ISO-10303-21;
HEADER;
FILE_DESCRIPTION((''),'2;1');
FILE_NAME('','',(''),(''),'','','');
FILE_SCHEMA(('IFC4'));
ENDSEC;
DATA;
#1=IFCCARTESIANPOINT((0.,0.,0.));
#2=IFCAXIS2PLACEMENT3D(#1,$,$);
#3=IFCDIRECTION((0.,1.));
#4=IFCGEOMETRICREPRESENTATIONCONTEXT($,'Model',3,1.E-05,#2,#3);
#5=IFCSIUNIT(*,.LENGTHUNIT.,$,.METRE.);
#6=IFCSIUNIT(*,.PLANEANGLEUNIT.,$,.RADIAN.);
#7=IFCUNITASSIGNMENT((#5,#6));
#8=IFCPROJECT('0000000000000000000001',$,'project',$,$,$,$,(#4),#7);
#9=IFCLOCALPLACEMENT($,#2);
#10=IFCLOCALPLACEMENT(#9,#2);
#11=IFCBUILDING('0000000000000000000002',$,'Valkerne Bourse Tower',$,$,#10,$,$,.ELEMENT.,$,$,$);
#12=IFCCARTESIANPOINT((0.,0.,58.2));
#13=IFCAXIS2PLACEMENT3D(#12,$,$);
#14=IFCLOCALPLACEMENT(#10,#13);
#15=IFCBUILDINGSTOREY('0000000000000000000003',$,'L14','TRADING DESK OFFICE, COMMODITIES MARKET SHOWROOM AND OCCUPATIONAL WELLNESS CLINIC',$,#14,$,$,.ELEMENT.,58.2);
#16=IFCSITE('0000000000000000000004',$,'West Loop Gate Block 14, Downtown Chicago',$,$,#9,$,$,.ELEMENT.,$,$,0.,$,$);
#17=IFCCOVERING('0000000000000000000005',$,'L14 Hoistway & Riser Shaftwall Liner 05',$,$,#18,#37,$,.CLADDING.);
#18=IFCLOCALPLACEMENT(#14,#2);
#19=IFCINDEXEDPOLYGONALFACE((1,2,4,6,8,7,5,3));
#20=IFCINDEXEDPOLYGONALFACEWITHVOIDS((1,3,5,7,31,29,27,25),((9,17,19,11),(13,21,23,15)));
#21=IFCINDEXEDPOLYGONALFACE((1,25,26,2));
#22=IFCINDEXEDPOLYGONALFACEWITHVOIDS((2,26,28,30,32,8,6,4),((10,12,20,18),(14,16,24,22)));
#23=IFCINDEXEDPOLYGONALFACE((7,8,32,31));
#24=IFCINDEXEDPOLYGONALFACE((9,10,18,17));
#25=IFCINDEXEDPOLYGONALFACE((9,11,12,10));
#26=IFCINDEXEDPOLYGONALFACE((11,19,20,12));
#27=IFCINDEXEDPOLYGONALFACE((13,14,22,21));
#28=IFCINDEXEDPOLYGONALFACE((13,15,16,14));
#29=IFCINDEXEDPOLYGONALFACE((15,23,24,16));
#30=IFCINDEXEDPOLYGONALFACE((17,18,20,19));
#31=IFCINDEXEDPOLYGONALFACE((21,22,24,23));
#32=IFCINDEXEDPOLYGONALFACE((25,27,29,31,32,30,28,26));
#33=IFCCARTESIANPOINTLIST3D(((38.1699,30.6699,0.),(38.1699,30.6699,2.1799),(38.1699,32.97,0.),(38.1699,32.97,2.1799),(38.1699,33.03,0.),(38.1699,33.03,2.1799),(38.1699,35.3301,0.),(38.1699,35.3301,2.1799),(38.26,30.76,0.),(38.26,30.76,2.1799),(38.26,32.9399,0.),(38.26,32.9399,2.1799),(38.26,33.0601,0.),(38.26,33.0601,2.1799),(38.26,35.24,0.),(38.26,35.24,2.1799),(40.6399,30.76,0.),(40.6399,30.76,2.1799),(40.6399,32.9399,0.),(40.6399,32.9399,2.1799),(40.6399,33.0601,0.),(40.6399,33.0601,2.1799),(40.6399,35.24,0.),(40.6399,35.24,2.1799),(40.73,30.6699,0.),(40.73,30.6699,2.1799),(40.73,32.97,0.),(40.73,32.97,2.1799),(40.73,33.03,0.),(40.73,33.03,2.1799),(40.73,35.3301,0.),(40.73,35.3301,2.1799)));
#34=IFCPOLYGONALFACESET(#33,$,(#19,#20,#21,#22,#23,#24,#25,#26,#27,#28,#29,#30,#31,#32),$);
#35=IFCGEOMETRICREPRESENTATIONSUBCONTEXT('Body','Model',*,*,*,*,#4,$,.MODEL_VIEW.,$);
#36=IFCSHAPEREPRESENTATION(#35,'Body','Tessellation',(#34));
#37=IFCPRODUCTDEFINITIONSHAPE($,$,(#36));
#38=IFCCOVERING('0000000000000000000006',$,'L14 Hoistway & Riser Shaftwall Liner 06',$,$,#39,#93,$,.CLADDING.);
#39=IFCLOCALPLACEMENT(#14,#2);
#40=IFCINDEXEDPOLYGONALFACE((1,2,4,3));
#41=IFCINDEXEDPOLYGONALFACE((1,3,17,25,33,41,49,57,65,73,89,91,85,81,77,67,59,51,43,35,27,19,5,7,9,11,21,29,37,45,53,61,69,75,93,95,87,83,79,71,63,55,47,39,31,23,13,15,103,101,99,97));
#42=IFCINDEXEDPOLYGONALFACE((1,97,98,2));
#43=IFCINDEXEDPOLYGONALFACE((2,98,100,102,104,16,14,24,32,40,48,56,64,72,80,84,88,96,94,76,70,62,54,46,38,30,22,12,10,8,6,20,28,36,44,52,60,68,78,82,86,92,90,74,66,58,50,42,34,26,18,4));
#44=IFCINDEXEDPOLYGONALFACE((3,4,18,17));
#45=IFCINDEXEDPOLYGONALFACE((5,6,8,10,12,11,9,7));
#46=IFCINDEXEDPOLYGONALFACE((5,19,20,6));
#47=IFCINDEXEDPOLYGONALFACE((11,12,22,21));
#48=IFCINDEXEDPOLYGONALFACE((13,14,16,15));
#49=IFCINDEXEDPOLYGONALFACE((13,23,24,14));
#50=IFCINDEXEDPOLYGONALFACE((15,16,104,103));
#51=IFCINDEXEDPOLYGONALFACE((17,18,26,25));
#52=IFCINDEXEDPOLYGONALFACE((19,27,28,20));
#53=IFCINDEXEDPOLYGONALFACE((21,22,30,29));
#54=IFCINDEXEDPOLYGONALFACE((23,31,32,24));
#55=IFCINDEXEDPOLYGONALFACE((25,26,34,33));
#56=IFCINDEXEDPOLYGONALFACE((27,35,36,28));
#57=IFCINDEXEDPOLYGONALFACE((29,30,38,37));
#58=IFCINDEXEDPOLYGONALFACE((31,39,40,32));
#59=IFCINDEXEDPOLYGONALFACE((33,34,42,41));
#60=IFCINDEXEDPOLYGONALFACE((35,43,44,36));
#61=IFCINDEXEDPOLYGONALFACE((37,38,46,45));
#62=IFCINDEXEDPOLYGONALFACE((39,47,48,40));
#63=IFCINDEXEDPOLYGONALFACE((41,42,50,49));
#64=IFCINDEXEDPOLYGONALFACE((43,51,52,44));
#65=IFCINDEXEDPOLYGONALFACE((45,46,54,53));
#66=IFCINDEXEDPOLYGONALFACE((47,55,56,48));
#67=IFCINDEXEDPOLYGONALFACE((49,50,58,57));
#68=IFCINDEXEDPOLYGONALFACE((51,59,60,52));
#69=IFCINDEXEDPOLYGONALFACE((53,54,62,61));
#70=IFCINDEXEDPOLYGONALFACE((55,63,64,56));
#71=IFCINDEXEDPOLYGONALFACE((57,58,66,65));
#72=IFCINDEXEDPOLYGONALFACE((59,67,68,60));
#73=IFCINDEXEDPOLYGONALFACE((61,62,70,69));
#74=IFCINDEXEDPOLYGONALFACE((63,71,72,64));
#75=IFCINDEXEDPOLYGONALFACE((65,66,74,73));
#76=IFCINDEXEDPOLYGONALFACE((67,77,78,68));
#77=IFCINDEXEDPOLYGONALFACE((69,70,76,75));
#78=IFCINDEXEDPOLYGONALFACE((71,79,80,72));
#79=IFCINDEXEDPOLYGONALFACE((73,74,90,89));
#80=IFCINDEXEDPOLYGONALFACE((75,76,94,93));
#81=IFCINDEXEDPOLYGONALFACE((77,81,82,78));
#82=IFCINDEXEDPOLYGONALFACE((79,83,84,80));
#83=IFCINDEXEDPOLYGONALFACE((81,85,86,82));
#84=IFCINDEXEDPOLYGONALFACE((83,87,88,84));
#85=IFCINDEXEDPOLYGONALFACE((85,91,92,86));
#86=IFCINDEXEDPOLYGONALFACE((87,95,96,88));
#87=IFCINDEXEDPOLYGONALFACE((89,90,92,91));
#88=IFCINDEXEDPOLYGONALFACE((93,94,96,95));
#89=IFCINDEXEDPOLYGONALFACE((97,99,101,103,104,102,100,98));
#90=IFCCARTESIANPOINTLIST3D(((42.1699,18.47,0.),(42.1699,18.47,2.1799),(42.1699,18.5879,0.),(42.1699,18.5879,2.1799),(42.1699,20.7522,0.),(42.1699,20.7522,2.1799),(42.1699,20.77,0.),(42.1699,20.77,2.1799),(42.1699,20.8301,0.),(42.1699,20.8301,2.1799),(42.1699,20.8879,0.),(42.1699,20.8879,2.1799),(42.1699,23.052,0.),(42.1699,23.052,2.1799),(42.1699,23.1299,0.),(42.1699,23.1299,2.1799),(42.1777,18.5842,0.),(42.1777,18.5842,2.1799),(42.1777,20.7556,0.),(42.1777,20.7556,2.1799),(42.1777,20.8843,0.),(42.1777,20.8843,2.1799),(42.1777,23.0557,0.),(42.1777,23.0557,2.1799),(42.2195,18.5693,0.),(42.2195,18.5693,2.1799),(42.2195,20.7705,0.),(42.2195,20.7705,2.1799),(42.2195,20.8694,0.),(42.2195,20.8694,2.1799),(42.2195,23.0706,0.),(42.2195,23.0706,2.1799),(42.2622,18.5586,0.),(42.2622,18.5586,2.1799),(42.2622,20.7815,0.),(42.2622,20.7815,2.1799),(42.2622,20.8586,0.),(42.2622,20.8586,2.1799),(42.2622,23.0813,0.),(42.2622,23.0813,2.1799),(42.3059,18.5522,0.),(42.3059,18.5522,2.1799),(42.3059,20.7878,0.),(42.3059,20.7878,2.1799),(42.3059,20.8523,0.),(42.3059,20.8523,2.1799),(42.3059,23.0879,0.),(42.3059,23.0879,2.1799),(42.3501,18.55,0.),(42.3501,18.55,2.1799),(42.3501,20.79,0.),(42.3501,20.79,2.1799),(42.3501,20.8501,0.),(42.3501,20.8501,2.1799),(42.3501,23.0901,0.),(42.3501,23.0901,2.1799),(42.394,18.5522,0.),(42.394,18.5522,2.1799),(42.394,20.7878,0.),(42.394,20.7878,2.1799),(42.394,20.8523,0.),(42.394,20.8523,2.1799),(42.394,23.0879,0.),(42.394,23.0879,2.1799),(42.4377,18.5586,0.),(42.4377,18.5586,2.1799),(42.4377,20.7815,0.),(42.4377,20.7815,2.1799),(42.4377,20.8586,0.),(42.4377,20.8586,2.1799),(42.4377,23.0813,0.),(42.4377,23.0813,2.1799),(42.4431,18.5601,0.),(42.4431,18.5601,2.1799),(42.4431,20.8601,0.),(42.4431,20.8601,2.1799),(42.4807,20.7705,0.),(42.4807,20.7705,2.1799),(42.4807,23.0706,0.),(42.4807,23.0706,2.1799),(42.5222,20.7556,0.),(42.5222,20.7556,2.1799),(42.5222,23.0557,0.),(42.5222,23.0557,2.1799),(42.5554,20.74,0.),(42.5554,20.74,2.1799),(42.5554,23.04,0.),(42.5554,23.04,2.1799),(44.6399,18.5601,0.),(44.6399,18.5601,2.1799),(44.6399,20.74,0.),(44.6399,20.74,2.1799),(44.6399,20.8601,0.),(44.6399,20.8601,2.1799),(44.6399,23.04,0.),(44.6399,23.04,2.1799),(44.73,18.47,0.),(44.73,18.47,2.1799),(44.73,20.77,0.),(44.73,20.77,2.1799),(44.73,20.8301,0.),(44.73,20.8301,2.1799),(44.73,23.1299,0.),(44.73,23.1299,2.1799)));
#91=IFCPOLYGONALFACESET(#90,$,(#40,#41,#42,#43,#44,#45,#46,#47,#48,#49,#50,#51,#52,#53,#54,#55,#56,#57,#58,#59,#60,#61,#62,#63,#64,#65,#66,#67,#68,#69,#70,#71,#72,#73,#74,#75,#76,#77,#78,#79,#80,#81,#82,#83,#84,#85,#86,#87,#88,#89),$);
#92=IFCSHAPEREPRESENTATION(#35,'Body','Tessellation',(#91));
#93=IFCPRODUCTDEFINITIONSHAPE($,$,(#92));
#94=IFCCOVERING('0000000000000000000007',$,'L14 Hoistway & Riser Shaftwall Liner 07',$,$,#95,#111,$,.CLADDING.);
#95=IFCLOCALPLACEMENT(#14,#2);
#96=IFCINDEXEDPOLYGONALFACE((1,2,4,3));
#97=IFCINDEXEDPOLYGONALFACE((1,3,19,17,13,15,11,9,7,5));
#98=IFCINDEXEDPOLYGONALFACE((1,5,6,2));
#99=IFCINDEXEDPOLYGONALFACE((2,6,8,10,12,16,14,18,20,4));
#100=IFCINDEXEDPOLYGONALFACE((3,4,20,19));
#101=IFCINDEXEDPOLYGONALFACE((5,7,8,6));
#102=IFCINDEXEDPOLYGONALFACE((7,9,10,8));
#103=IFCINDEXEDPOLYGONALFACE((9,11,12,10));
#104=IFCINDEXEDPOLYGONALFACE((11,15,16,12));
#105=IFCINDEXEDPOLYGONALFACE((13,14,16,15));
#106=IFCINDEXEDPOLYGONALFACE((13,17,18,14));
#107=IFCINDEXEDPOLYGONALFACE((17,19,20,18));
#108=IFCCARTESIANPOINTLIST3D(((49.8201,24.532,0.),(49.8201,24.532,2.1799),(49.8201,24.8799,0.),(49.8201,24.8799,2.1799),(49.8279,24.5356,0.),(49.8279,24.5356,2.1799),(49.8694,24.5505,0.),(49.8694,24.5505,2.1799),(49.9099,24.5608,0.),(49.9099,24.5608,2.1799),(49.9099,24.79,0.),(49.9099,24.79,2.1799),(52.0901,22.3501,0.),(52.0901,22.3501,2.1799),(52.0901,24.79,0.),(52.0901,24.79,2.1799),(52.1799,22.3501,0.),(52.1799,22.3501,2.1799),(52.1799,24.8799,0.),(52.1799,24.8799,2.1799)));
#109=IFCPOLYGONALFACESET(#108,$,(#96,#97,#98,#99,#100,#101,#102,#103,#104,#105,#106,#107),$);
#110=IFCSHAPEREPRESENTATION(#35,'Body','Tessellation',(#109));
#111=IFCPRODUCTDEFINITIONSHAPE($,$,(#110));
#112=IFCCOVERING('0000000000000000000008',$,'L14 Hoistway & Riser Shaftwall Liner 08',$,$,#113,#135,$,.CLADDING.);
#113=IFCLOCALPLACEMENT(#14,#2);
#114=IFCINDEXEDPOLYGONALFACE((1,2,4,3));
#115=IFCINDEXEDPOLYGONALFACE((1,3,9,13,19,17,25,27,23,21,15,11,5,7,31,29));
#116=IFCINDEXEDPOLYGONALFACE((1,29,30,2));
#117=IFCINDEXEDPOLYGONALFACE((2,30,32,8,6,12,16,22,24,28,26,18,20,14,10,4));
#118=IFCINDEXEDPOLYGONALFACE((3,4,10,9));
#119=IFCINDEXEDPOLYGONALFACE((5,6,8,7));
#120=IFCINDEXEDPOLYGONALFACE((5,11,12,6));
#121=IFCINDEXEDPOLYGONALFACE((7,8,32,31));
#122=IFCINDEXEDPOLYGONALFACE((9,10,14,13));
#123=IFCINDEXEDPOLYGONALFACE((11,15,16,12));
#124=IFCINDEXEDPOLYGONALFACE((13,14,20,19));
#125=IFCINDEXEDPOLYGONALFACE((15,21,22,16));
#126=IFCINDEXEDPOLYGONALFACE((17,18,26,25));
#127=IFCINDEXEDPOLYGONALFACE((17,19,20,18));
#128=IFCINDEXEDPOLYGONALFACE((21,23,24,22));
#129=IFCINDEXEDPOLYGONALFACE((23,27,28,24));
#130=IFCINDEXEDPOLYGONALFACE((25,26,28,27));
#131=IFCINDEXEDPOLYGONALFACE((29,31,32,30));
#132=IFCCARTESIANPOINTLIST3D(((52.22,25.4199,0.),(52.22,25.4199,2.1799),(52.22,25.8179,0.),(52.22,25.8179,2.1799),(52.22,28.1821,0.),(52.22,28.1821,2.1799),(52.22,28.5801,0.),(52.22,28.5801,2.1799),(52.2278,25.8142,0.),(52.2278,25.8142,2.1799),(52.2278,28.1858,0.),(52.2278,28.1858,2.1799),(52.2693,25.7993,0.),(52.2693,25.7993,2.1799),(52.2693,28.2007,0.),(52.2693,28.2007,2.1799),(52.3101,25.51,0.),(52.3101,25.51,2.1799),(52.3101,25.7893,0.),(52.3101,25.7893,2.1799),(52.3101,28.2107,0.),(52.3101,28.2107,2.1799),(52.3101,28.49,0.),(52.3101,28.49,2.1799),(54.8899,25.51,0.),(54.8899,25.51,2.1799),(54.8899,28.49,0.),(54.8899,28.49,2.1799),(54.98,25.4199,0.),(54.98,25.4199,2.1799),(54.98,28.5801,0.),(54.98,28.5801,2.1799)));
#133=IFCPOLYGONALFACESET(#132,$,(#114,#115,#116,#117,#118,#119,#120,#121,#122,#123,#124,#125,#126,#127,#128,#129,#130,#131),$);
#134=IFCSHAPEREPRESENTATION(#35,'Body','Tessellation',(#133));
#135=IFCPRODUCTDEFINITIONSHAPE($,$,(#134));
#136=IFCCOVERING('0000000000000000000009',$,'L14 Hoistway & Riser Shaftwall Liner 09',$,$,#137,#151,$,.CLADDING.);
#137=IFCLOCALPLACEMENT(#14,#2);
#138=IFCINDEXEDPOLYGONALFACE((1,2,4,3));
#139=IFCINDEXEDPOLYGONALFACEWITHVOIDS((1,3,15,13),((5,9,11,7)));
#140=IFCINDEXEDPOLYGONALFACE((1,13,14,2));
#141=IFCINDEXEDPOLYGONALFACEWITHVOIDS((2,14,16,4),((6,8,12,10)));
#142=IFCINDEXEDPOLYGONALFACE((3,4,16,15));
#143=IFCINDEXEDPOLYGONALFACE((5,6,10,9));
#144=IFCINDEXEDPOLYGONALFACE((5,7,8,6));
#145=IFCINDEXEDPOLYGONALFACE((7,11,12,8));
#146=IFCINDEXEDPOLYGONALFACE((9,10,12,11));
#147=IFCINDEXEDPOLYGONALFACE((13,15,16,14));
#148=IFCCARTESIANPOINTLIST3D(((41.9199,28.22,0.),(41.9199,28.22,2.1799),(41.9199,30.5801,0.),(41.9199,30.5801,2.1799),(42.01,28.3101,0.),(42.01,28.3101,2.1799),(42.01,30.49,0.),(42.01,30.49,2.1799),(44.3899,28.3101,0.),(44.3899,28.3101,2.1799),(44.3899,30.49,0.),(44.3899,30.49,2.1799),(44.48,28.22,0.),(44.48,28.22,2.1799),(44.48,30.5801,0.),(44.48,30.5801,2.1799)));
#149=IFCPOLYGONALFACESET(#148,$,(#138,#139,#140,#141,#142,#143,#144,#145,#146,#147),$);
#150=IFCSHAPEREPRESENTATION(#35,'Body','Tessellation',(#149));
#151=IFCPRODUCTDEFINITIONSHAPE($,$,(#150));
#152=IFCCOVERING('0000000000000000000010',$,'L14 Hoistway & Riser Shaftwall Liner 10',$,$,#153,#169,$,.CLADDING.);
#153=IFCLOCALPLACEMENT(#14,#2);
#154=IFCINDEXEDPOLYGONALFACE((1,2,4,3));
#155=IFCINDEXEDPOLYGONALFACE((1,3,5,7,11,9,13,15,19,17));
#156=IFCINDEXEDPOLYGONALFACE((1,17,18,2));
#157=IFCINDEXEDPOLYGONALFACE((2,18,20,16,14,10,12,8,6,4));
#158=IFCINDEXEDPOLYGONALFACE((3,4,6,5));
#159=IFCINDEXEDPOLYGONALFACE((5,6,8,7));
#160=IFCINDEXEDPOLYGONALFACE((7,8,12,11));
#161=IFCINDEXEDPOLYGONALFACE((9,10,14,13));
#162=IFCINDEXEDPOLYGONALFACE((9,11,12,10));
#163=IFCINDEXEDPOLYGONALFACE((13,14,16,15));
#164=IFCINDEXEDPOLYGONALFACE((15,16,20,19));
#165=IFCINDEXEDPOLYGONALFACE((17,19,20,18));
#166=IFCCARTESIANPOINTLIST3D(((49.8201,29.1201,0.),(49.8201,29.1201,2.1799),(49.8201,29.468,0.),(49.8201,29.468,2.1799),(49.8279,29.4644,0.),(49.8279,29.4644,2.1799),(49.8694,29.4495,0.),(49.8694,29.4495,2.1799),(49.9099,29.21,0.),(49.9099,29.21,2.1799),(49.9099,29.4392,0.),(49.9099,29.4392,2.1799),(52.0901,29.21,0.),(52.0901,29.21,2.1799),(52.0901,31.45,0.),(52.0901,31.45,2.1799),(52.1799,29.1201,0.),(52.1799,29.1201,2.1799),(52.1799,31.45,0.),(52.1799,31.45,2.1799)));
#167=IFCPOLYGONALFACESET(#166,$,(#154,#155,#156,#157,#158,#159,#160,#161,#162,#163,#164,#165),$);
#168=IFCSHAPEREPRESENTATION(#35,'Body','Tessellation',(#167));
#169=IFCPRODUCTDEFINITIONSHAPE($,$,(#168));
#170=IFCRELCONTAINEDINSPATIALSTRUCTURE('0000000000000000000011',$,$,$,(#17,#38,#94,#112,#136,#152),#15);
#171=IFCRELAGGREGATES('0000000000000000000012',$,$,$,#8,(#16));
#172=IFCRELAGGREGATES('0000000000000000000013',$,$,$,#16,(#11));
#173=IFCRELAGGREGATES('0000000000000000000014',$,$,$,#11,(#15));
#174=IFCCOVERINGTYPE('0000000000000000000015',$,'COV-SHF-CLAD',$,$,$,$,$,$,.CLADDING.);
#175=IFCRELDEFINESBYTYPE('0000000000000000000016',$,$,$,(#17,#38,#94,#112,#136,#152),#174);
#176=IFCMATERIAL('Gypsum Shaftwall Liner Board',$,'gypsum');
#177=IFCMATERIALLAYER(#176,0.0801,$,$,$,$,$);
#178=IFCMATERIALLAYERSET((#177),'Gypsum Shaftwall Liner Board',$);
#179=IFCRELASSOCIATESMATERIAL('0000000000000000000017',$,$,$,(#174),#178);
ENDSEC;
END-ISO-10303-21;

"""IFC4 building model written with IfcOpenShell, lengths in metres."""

from ifc_helpers import new_model, si_unit, direction, frame, origin, place, context, subcontext, project, spatial, polyline, outline, extrude, material, layer, layer_set, type_object, element, save


model = new_model("IFC4")

# Units and contexts
model_context = context("Model", 3, precision=1e-05, world=origin(), true_north=direction((0.0, 1.0)))
body_context = subcontext(model_context, "Body", "Model", "MODEL_VIEW")
ifc_project = project(units=[si_unit("LENGTHUNIT", "METRE"), si_unit("PLANEANGLEUNIT", "RADIAN")], contexts=[model_context])

# Site, building, storey
site_placement = place(None, origin())
site = spatial("IfcSite", under=ifc_project, at=site_placement, Name="West Loop Gate Block 14, Downtown Chicago", CompositionType="ELEMENT", RefElevation=0.0)
building_placement = place(site_placement, origin())
building = spatial("IfcBuilding", under=site, at=building_placement, Name="Valkerne Bourse Tower", CompositionType="ELEMENT")
storey_placement = place(building_placement, frame((0.0, 0.0, 58.2)))
storey = spatial("IfcBuildingStorey", under=building, at=storey_placement, Name="L14", Description="TRADING DESK OFFICE, COMMODITIES MARKET SHOWROOM AND OCCUPATIONAL WELLNESS CLINIC", CompositionType="ELEMENT", Elevation=58.2)

# Coverings
ifc_material_1 = material(Name="Gypsum Shaftwall Liner Board", Category="gypsum")
ifc_layer_1 = layer(ifc_material_1, 0.0801)
ifc_layer_set_1 = layer_set([ifc_layer_1], Name="Gypsum Shaftwall Liner Board")
covering_type_1 = type_object("IfcCoveringType", Name="COV-SHF-CLAD", PredefinedType="CLADDING", material=ifc_layer_set_1)
covering_1_placement = place(storey_placement, origin())
element("IfcCovering", 1, at=covering_1_placement, inside=storey, type_object=covering_type_1, Name="L14 Hoistway & Riser Shaftwall Liner 05", PredefinedType="CLADDING", context=body_context, shape_type="SweptSolid", body=[
    extrude(outline(polyline([(38.1699, 35.3301), (40.73, 35.3301), (40.73, 33.03), (40.73, 32.97), (40.73, 30.6699), (38.1699, 30.6699), (38.1699, 32.97), (38.1699, 33.03), (38.1699, 35.3301)]), holes=[polyline([(38.26, 32.9399), (38.26, 30.76), (40.6399, 30.76), (40.6399, 32.9399), (38.26, 32.9399)]), polyline([(38.26, 35.24), (38.26, 33.0601), (40.6399, 33.0601), (40.6399, 35.24), (38.26, 35.24)])]), origin(), (0.0, 0.0, 1.0), 2.1799),
])
covering_2_placement = place(storey_placement, origin())
element("IfcCovering", 2, at=covering_2_placement, inside=storey, type_object=covering_type_1, Name="L14 Hoistway & Riser Shaftwall Liner 06", PredefinedType="CLADDING", context=body_context, shape_type="SweptSolid", body=[
    extrude(outline(polyline([(42.1699, 20.8301), (42.1699, 20.8879), (42.1777, 20.8843), (42.2195, 20.8694), (42.2622, 20.8586), (42.3059, 20.8523), (42.3501, 20.8501), (42.394, 20.8523), (42.4377, 20.8586), (42.4431, 20.8601), (44.6399, 20.8601), (44.6399, 23.04), (42.5554, 23.04), (42.5222, 23.0557), (42.4807, 23.0706), (42.4377, 23.0813), (42.394, 23.0879), (42.3501, 23.0901), (42.3059, 23.0879), (42.2622, 23.0813), (42.2195, 23.0706), (42.1777, 23.0557), (42.1699, 23.052), (42.1699, 23.1299), (44.73, 23.1299), (44.73, 20.8301), (44.73, 20.77), (44.73, 18.47), (42.1699, 18.47), (42.1699, 18.5879), (42.1777, 18.5842), (42.2195, 18.5693), (42.2622, 18.5586), (42.3059, 18.5522), (42.3501, 18.55), (42.394, 18.5522), (42.4377, 18.5586), (42.4431, 18.5601), (44.6399, 18.5601), (44.6399, 20.74), (42.5554, 20.74), (42.5222, 20.7556), (42.4807, 20.7705), (42.4377, 20.7815), (42.394, 20.7878), (42.3501, 20.79), (42.3059, 20.7878), (42.2622, 20.7815), (42.2195, 20.7705), (42.1777, 20.7556), (42.1699, 20.7522), (42.1699, 20.77), (42.1699, 20.8301)])), origin(), (0.0, 0.0, 1.0), 2.1799),
])
covering_3_placement = place(storey_placement, origin())
element("IfcCovering", 3, at=covering_3_placement, inside=storey, type_object=covering_type_1, Name="L14 Hoistway & Riser Shaftwall Liner 07", PredefinedType="CLADDING", context=body_context, shape_type="SweptSolid", body=[
    extrude(outline(polyline([(52.1799, 22.3501), (52.0901, 22.3501), (52.0901, 24.79), (49.9099, 24.79), (49.9099, 24.5608), (49.8694, 24.5505), (49.8279, 24.5356), (49.8201, 24.532), (49.8201, 24.8799), (52.1799, 24.8799), (52.1799, 22.3501)])), origin(), (0.0, 0.0, 1.0), 2.1799),
])
covering_4_placement = place(storey_placement, origin())
element("IfcCovering", 4, at=covering_4_placement, inside=storey, type_object=covering_type_1, Name="L14 Hoistway & Riser Shaftwall Liner 08", PredefinedType="CLADDING", context=body_context, shape_type="SweptSolid", body=[
    extrude(outline(polyline([(54.98, 25.4199), (52.22, 25.4199), (52.22, 25.8179), (52.2278, 25.8142), (52.2693, 25.7993), (52.3101, 25.7893), (52.3101, 25.51), (54.8899, 25.51), (54.8899, 28.49), (52.3101, 28.49), (52.3101, 28.2107), (52.2693, 28.2007), (52.2278, 28.1858), (52.22, 28.1821), (52.22, 28.5801), (54.98, 28.5801), (54.98, 25.4199)])), origin(), (0.0, 0.0, 1.0), 2.1799),
])
covering_5_placement = place(storey_placement, origin())
element("IfcCovering", 5, at=covering_5_placement, inside=storey, type_object=covering_type_1, Name="L14 Hoistway & Riser Shaftwall Liner 09", PredefinedType="CLADDING", context=body_context, shape_type="SweptSolid", body=[
    extrude(outline(polyline([(44.48, 28.22), (41.9199, 28.22), (41.9199, 30.5801), (44.48, 30.5801), (44.48, 28.22)]), holes=[polyline([(42.01, 30.49), (42.01, 28.3101), (44.3899, 28.3101), (44.3899, 30.49), (42.01, 30.49)])]), origin(), (0.0, 0.0, 1.0), 2.1799),
])
covering_6_placement = place(storey_placement, origin())
element("IfcCovering", 6, at=covering_6_placement, inside=storey, type_object=covering_type_1, Name="L14 Hoistway & Riser Shaftwall Liner 10", PredefinedType="CLADDING", context=body_context, shape_type="SweptSolid", body=[
    extrude(outline(polyline([(49.8201, 29.1201), (49.8201, 29.468), (49.8279, 29.4644), (49.8694, 29.4495), (49.9099, 29.4392), (49.9099, 29.21), (52.0901, 29.21), (52.0901, 31.45), (52.1799, 31.45), (52.1799, 29.1201), (49.8201, 29.1201)])), origin(), (0.0, 0.0, 1.0), 2.1799),
])

save(model, "model.ifc")
